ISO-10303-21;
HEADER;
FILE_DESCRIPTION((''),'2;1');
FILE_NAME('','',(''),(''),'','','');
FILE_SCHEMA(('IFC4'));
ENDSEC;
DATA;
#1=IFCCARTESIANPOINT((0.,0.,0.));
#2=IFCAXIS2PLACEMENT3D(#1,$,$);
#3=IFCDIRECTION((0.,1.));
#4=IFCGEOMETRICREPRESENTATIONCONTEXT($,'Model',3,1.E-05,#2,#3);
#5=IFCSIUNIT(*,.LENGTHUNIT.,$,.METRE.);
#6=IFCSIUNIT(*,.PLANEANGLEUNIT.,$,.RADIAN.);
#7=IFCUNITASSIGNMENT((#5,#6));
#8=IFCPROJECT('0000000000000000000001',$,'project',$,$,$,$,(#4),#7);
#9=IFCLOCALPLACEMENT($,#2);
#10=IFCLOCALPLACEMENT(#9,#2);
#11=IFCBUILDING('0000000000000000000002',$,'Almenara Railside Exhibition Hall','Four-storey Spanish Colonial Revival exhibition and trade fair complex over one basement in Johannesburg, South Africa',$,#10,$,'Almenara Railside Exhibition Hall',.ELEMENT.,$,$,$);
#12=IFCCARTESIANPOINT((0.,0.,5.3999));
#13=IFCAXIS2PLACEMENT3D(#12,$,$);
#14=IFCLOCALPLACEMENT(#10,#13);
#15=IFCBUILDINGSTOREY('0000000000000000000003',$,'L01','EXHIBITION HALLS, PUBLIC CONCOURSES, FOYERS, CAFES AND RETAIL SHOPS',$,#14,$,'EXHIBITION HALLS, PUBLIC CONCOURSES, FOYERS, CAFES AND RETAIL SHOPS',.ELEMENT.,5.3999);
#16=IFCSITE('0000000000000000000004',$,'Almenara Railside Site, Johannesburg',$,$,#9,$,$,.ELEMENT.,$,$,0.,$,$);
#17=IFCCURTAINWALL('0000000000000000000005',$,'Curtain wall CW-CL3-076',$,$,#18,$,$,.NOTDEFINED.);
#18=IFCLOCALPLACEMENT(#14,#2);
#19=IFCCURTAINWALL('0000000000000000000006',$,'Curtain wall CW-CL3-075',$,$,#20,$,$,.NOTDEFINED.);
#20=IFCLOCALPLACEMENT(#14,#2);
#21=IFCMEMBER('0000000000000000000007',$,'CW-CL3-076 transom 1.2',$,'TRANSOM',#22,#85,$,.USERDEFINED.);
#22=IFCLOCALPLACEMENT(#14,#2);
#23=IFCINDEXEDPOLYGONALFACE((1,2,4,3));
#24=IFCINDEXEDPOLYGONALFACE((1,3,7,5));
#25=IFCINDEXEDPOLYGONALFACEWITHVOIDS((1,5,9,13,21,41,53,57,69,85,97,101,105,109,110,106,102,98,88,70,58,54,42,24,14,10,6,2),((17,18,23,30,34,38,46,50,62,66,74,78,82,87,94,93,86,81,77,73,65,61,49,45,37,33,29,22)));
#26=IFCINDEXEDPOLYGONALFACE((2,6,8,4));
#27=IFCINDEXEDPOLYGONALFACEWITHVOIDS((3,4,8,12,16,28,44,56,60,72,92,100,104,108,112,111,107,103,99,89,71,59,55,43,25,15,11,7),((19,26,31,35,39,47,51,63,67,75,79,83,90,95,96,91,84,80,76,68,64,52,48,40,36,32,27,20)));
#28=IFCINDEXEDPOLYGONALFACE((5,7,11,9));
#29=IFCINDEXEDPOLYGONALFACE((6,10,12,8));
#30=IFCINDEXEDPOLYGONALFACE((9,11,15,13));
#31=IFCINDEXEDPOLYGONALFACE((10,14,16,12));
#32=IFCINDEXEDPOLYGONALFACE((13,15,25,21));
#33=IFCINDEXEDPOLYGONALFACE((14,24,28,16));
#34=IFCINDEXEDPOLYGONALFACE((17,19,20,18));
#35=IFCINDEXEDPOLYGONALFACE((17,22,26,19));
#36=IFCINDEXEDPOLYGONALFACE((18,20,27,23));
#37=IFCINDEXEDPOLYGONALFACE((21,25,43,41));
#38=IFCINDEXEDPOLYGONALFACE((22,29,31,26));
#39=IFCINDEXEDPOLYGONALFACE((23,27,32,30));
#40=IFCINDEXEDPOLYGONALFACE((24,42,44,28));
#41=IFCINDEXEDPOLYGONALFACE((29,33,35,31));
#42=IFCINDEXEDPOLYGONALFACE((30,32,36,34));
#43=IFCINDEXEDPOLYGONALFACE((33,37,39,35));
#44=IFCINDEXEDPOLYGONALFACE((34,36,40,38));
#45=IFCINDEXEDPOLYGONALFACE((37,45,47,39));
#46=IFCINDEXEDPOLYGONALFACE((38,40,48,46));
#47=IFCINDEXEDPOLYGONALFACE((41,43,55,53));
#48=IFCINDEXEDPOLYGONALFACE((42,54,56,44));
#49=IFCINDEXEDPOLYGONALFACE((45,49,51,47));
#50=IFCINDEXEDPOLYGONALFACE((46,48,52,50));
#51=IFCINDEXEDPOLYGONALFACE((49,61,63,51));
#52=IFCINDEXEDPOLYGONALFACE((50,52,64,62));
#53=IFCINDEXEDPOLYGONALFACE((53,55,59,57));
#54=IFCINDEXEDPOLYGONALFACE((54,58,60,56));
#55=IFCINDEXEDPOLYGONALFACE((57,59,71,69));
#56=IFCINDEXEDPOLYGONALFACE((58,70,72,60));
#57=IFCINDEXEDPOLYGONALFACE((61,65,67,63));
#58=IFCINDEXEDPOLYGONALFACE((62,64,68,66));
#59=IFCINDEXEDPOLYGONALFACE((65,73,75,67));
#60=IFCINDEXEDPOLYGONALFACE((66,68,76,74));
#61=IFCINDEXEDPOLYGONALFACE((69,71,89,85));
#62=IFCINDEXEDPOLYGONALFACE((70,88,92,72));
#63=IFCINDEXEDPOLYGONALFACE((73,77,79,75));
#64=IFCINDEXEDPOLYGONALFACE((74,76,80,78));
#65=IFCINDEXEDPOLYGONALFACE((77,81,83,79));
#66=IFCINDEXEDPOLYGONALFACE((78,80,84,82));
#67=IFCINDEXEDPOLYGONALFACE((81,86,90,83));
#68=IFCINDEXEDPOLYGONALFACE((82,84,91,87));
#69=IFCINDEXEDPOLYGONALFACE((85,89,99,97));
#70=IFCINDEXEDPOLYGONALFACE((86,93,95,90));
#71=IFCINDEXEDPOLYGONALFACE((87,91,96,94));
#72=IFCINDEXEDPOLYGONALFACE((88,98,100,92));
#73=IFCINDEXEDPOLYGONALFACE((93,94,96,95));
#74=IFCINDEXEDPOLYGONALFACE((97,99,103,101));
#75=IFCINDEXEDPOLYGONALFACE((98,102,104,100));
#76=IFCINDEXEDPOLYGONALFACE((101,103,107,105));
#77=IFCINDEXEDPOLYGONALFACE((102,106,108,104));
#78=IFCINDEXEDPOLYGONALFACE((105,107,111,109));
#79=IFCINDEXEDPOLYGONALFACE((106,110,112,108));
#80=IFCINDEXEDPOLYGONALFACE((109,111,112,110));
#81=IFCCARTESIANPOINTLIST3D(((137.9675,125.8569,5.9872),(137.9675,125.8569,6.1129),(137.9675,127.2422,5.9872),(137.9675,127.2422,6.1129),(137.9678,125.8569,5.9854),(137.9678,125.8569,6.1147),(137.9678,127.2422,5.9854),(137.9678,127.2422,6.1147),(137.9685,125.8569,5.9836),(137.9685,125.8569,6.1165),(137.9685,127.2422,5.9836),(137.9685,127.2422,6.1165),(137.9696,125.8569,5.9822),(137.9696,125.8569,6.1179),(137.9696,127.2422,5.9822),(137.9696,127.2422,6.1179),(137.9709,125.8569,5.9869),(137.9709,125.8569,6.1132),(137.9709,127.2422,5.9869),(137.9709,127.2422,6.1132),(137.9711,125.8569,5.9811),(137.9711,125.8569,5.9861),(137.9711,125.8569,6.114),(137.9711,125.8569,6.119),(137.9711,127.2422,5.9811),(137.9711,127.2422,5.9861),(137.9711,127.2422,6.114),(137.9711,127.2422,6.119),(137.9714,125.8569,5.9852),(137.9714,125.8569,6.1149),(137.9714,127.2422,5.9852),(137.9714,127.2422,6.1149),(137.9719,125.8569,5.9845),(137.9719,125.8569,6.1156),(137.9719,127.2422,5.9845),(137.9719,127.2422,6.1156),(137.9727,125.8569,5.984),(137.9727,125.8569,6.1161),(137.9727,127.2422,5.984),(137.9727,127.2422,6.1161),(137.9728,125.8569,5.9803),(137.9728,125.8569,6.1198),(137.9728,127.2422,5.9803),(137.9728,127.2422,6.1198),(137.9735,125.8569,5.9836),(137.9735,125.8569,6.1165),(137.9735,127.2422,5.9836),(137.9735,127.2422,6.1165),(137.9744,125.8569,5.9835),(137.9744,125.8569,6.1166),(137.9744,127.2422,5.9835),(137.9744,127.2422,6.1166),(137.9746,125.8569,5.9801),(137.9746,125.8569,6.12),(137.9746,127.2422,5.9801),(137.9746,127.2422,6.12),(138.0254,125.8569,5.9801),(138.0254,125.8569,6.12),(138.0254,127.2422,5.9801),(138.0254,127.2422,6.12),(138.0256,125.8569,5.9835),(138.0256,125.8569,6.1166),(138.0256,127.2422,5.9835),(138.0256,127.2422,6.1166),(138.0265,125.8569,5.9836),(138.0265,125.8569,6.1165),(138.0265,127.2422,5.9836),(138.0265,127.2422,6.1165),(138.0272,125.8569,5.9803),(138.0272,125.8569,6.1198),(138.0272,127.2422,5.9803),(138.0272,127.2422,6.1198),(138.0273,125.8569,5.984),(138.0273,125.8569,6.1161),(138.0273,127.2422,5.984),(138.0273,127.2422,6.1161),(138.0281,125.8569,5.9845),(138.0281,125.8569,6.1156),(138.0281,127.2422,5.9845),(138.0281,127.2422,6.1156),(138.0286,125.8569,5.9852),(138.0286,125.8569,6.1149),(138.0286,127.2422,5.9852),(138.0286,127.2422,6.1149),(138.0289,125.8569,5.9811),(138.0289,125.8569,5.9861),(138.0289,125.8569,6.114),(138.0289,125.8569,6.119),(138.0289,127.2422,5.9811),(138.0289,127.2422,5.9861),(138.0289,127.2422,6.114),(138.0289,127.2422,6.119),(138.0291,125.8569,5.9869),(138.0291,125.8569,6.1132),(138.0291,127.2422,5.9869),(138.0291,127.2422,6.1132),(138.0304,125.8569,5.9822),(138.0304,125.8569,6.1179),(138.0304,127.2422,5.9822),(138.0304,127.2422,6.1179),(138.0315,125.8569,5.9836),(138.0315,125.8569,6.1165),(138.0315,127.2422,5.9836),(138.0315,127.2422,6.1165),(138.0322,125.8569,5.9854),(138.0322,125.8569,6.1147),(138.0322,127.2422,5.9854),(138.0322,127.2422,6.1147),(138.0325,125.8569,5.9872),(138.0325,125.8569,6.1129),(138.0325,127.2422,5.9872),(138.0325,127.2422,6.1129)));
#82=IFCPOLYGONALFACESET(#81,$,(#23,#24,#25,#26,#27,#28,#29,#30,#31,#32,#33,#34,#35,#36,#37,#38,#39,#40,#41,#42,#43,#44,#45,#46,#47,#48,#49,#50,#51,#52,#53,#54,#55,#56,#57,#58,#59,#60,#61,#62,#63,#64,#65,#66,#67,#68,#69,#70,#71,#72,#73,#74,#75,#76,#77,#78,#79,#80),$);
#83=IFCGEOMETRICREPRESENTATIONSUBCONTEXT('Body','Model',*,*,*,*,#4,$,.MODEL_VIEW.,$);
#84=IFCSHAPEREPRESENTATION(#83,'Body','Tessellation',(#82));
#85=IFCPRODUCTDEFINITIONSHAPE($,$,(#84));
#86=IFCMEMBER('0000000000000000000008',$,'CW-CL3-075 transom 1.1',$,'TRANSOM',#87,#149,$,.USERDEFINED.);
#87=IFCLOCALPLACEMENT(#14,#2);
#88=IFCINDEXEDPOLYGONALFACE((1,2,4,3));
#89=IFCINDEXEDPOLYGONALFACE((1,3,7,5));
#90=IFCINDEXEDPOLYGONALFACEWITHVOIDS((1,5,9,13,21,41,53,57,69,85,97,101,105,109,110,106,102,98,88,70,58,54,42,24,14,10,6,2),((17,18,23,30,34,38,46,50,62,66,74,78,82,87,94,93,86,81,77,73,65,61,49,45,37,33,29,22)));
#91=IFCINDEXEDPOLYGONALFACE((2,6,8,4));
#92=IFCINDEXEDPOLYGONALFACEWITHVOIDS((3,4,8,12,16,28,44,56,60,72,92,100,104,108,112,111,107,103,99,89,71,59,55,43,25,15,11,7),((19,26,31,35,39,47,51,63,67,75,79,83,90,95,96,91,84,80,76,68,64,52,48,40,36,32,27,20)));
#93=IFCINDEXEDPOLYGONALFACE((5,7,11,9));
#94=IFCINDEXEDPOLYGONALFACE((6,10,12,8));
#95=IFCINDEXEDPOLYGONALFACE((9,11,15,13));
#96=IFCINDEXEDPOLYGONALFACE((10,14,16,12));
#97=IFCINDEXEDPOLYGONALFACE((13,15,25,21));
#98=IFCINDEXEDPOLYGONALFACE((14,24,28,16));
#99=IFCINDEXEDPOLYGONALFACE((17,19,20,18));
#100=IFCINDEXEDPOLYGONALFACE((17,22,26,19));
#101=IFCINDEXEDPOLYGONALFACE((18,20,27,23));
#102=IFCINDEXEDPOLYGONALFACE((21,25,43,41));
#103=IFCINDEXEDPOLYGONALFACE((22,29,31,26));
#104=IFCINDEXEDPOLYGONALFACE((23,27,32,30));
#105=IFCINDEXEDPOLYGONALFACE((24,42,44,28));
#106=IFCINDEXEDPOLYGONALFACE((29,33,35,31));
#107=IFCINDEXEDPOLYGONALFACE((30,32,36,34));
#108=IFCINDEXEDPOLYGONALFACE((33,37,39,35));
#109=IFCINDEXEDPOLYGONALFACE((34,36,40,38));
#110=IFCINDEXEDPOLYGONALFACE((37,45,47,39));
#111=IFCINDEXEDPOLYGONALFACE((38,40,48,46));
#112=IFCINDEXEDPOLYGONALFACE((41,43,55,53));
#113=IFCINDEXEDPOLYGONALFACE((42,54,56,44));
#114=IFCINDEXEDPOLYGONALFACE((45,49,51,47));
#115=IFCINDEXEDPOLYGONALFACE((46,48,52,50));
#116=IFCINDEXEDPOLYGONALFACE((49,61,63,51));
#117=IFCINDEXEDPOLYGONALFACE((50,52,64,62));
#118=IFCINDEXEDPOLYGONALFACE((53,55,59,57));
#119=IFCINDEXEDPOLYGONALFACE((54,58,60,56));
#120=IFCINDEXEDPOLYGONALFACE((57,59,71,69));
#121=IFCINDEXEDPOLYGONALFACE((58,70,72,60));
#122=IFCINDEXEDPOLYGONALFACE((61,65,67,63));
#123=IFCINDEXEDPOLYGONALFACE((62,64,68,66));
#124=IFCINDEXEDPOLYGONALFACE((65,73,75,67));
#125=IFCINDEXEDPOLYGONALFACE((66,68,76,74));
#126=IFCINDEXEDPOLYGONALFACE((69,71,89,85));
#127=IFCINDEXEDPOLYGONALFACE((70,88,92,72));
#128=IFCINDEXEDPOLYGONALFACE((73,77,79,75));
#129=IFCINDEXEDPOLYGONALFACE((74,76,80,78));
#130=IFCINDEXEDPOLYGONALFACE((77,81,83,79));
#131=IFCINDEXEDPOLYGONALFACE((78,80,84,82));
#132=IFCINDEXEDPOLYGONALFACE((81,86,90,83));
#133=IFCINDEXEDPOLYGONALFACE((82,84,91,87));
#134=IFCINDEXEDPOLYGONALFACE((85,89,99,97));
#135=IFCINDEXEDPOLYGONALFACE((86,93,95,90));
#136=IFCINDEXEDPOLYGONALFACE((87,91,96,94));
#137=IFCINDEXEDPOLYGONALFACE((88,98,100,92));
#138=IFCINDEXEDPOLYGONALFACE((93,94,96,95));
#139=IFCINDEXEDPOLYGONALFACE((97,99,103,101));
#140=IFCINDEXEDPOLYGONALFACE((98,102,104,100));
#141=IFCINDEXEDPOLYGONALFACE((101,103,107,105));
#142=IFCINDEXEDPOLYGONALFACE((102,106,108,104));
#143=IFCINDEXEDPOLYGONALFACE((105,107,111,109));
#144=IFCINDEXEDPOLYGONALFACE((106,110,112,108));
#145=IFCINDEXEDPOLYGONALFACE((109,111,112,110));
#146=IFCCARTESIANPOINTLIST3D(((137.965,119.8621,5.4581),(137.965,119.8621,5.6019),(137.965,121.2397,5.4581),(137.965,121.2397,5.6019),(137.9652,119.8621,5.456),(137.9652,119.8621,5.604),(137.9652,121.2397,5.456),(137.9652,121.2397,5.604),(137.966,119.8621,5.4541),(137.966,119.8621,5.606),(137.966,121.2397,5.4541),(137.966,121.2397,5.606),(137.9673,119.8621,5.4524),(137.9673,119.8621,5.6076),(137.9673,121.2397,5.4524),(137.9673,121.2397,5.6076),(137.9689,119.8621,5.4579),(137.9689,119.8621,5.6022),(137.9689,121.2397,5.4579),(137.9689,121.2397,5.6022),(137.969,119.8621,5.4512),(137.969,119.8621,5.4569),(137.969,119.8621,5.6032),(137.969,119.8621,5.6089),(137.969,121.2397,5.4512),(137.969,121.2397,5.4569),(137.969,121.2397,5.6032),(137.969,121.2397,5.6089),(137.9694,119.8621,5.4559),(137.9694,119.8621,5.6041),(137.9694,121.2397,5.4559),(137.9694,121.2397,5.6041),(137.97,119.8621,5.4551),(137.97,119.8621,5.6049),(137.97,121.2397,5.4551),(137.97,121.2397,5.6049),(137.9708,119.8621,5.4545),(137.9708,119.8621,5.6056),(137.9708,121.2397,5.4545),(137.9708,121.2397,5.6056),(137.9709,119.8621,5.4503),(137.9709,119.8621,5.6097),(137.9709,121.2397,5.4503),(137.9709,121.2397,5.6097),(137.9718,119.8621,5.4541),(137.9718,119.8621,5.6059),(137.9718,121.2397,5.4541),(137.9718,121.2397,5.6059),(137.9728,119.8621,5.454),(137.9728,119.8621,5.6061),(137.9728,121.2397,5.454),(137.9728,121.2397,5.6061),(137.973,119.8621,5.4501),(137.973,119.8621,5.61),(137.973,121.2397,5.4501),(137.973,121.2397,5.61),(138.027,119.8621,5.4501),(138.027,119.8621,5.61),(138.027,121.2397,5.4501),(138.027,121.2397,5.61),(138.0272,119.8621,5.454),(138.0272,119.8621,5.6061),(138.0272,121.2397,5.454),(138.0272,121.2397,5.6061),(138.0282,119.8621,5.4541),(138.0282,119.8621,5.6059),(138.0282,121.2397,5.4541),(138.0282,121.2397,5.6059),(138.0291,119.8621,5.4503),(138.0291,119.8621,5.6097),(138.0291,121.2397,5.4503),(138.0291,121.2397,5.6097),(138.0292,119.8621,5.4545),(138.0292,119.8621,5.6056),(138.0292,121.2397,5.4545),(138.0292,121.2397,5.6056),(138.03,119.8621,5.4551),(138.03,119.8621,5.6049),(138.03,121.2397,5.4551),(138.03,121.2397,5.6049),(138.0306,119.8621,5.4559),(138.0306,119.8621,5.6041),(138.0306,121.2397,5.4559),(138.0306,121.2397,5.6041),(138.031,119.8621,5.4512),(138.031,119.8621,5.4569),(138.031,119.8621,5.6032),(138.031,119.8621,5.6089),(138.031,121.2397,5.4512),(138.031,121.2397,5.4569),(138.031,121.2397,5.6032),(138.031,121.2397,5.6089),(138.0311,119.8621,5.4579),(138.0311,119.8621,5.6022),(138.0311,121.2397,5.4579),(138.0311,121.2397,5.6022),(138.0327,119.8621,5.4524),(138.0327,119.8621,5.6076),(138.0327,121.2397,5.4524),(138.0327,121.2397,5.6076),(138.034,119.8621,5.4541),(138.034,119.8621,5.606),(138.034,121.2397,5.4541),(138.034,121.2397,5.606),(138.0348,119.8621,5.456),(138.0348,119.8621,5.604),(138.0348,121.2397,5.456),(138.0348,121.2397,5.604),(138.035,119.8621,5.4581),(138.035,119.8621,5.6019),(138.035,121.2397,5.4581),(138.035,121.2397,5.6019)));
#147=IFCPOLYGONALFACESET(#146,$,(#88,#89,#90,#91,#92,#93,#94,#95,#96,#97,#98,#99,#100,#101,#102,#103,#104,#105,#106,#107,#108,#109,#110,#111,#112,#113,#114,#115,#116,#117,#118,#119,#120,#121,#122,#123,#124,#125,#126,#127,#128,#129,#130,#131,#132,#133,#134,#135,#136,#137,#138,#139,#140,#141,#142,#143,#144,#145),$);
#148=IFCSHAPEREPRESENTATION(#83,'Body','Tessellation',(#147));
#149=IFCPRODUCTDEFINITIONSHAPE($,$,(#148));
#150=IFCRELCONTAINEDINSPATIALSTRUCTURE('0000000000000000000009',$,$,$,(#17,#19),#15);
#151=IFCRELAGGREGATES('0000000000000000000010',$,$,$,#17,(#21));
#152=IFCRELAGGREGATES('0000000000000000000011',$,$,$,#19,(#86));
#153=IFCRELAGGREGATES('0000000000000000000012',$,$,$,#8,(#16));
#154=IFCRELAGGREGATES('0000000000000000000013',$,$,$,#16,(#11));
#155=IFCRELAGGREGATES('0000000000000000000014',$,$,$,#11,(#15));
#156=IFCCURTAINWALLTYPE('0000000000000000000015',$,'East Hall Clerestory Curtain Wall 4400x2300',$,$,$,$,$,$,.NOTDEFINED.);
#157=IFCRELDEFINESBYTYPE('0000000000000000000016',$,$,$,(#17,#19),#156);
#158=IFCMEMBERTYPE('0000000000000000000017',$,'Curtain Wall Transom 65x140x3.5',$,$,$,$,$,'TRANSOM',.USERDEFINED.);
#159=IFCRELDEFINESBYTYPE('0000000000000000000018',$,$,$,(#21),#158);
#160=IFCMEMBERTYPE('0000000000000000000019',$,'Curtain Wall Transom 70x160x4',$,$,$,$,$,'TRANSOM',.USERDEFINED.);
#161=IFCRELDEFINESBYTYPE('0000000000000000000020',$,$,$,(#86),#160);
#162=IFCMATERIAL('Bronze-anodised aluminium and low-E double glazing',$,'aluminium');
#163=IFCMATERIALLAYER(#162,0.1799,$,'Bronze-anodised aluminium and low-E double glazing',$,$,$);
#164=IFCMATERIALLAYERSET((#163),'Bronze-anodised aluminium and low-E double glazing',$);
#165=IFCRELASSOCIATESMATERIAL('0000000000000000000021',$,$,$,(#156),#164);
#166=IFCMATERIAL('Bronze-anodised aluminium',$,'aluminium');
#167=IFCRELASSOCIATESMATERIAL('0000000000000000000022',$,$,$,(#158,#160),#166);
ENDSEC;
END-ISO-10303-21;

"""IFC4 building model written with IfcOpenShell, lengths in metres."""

from ifc_helpers import new_model, si_unit, direction, frame, origin, origin_2d, place, context, subcontext, project, spatial, hollow_rectangle, extrude, material, layer, layer_set, material_profile, profile_set, type_object, element, aggregate, save


model = new_model("IFC4")

# Units and contexts
model_context = context("Model", 3, precision=1e-05, world=origin(), true_north=direction((0.0, 1.0)))
body_context = subcontext(model_context, "Body", "Model", "MODEL_VIEW")
ifc_project = project(units=[si_unit("LENGTHUNIT", "METRE"), si_unit("PLANEANGLEUNIT", "RADIAN")], contexts=[model_context])

# Site, building, storey
site_placement = place(None, origin())
site = spatial("IfcSite", under=ifc_project, at=site_placement, Name="Almenara Railside Site, Johannesburg", CompositionType="ELEMENT", RefElevation=0.0)
building_placement = place(site_placement, origin())
building = spatial("IfcBuilding", under=site, at=building_placement, Name="Almenara Railside Exhibition Hall", Description="Four-storey Spanish Colonial Revival exhibition and trade fair complex over one basement in Johannesburg, South Africa", LongName="Almenara Railside Exhibition Hall", CompositionType="ELEMENT")
storey_placement = place(building_placement, frame((0.0, 0.0, 5.3999)))
storey = spatial("IfcBuildingStorey", under=building, at=storey_placement, Name="L01", Description="EXHIBITION HALLS, PUBLIC CONCOURSES, FOYERS, CAFES AND RETAIL SHOPS", LongName="EXHIBITION HALLS, PUBLIC CONCOURSES, FOYERS, CAFES AND RETAIL SHOPS", CompositionType="ELEMENT", Elevation=5.3999)

# Curtain wall
ifc_material_1 = material(Name="Bronze-anodised aluminium and low-E double glazing", Category="aluminium")
ifc_layer_1 = layer(ifc_material_1, 0.1799, Name="Bronze-anodised aluminium and low-E double glazing")
ifc_layer_set_1 = layer_set([ifc_layer_1], Name="Bronze-anodised aluminium and low-E double glazing")
curtain_wall_type = type_object("IfcCurtainWallType", Name="East Hall Clerestory Curtain Wall 4400x2300", PredefinedType="NOTDEFINED", material=ifc_layer_set_1)
curtain_wall_1_placement = place(storey_placement, origin())
curtain_wall_1 = element("IfcCurtainWall", 1, at=curtain_wall_1_placement, inside=storey, type_object=curtain_wall_type, Name="Curtain wall CW-CL3-076", PredefinedType="NOTDEFINED")
ifc_material_2 = material(Name="Bronze-anodised aluminium", Category="aluminium")

# Curtain wall
curtain_wall_2_placement = place(storey_placement, origin())
curtain_wall_2 = element("IfcCurtainWall", 2, at=curtain_wall_2_placement, inside=storey, type_object=curtain_wall_type, Name="Curtain wall CW-CL3-075", PredefinedType="NOTDEFINED")

# Members
ifc_material_profile_1 = material_profile(ifc_material_2, hollow_rectangle(XDim=0.0649, YDim=0.1399, WallThickness=0.0034, InnerFilletRadius=0.0034, OuterFilletRadius=0.0071, at=origin_2d()), Name="ALU-TRN 65x140x3.5")
ifc_profile_set_1 = profile_set([ifc_material_profile_1], Name="Bronze-anodised aluminium")
member_type_1 = type_object("IfcMemberType", Name="Curtain Wall Transom 65x140x3.5", ElementType="TRANSOM", PredefinedType="USERDEFINED", material=ifc_profile_set_1)
member_1_placement = place(storey_placement, frame((138.0, 125.8569, 6.05), z_axis=(0.0, 1.0, 0.0), x_axis=(-1.0, 0.0, 0.0)))
member_1 = element("IfcMember", 3, at=member_1_placement, type_object=member_type_1, Name="CW-CL3-076 transom 1.2", ObjectType="TRANSOM", PredefinedType="USERDEFINED", context=body_context, shape_type="SweptSolid", body=[
    extrude(hollow_rectangle(XDim=0.0649, YDim=0.1399, WallThickness=0.0034, InnerFilletRadius=0.0034, OuterFilletRadius=0.0071, at=origin_2d()), origin(), (0.0, 0.0, 1.0), 1.3853),
])
aggregate(curtain_wall_1, [member_1])
ifc_material_profile_2 = material_profile(ifc_material_2, hollow_rectangle(XDim=0.0701, YDim=0.1599, WallThickness=0.0039, InnerFilletRadius=0.0039, OuterFilletRadius=0.0081, at=origin_2d()), Name="ALU-TRN 70x160x4")
ifc_profile_set_2 = profile_set([ifc_material_profile_2], Name="Bronze-anodised aluminium")
member_type_2 = type_object("IfcMemberType", Name="Curtain Wall Transom 70x160x4", ElementType="TRANSOM", PredefinedType="USERDEFINED", material=ifc_profile_set_2)
member_2_placement = place(storey_placement, frame((138.0, 119.8621, 5.53), z_axis=(0.0, 1.0, 0.0), x_axis=(-1.0, 0.0, 0.0)))
member_2 = element("IfcMember", 4, at=member_2_placement, type_object=member_type_2, Name="CW-CL3-075 transom 1.1", ObjectType="TRANSOM", PredefinedType="USERDEFINED", context=body_context, shape_type="SweptSolid", body=[
    extrude(hollow_rectangle(XDim=0.0701, YDim=0.1599, WallThickness=0.0039, InnerFilletRadius=0.0039, OuterFilletRadius=0.0081, at=origin_2d()), origin(), (0.0, 0.0, 1.0), 1.3777),
])

aggregate(curtain_wall_2, [member_2])

save(model, "model.ifc")
